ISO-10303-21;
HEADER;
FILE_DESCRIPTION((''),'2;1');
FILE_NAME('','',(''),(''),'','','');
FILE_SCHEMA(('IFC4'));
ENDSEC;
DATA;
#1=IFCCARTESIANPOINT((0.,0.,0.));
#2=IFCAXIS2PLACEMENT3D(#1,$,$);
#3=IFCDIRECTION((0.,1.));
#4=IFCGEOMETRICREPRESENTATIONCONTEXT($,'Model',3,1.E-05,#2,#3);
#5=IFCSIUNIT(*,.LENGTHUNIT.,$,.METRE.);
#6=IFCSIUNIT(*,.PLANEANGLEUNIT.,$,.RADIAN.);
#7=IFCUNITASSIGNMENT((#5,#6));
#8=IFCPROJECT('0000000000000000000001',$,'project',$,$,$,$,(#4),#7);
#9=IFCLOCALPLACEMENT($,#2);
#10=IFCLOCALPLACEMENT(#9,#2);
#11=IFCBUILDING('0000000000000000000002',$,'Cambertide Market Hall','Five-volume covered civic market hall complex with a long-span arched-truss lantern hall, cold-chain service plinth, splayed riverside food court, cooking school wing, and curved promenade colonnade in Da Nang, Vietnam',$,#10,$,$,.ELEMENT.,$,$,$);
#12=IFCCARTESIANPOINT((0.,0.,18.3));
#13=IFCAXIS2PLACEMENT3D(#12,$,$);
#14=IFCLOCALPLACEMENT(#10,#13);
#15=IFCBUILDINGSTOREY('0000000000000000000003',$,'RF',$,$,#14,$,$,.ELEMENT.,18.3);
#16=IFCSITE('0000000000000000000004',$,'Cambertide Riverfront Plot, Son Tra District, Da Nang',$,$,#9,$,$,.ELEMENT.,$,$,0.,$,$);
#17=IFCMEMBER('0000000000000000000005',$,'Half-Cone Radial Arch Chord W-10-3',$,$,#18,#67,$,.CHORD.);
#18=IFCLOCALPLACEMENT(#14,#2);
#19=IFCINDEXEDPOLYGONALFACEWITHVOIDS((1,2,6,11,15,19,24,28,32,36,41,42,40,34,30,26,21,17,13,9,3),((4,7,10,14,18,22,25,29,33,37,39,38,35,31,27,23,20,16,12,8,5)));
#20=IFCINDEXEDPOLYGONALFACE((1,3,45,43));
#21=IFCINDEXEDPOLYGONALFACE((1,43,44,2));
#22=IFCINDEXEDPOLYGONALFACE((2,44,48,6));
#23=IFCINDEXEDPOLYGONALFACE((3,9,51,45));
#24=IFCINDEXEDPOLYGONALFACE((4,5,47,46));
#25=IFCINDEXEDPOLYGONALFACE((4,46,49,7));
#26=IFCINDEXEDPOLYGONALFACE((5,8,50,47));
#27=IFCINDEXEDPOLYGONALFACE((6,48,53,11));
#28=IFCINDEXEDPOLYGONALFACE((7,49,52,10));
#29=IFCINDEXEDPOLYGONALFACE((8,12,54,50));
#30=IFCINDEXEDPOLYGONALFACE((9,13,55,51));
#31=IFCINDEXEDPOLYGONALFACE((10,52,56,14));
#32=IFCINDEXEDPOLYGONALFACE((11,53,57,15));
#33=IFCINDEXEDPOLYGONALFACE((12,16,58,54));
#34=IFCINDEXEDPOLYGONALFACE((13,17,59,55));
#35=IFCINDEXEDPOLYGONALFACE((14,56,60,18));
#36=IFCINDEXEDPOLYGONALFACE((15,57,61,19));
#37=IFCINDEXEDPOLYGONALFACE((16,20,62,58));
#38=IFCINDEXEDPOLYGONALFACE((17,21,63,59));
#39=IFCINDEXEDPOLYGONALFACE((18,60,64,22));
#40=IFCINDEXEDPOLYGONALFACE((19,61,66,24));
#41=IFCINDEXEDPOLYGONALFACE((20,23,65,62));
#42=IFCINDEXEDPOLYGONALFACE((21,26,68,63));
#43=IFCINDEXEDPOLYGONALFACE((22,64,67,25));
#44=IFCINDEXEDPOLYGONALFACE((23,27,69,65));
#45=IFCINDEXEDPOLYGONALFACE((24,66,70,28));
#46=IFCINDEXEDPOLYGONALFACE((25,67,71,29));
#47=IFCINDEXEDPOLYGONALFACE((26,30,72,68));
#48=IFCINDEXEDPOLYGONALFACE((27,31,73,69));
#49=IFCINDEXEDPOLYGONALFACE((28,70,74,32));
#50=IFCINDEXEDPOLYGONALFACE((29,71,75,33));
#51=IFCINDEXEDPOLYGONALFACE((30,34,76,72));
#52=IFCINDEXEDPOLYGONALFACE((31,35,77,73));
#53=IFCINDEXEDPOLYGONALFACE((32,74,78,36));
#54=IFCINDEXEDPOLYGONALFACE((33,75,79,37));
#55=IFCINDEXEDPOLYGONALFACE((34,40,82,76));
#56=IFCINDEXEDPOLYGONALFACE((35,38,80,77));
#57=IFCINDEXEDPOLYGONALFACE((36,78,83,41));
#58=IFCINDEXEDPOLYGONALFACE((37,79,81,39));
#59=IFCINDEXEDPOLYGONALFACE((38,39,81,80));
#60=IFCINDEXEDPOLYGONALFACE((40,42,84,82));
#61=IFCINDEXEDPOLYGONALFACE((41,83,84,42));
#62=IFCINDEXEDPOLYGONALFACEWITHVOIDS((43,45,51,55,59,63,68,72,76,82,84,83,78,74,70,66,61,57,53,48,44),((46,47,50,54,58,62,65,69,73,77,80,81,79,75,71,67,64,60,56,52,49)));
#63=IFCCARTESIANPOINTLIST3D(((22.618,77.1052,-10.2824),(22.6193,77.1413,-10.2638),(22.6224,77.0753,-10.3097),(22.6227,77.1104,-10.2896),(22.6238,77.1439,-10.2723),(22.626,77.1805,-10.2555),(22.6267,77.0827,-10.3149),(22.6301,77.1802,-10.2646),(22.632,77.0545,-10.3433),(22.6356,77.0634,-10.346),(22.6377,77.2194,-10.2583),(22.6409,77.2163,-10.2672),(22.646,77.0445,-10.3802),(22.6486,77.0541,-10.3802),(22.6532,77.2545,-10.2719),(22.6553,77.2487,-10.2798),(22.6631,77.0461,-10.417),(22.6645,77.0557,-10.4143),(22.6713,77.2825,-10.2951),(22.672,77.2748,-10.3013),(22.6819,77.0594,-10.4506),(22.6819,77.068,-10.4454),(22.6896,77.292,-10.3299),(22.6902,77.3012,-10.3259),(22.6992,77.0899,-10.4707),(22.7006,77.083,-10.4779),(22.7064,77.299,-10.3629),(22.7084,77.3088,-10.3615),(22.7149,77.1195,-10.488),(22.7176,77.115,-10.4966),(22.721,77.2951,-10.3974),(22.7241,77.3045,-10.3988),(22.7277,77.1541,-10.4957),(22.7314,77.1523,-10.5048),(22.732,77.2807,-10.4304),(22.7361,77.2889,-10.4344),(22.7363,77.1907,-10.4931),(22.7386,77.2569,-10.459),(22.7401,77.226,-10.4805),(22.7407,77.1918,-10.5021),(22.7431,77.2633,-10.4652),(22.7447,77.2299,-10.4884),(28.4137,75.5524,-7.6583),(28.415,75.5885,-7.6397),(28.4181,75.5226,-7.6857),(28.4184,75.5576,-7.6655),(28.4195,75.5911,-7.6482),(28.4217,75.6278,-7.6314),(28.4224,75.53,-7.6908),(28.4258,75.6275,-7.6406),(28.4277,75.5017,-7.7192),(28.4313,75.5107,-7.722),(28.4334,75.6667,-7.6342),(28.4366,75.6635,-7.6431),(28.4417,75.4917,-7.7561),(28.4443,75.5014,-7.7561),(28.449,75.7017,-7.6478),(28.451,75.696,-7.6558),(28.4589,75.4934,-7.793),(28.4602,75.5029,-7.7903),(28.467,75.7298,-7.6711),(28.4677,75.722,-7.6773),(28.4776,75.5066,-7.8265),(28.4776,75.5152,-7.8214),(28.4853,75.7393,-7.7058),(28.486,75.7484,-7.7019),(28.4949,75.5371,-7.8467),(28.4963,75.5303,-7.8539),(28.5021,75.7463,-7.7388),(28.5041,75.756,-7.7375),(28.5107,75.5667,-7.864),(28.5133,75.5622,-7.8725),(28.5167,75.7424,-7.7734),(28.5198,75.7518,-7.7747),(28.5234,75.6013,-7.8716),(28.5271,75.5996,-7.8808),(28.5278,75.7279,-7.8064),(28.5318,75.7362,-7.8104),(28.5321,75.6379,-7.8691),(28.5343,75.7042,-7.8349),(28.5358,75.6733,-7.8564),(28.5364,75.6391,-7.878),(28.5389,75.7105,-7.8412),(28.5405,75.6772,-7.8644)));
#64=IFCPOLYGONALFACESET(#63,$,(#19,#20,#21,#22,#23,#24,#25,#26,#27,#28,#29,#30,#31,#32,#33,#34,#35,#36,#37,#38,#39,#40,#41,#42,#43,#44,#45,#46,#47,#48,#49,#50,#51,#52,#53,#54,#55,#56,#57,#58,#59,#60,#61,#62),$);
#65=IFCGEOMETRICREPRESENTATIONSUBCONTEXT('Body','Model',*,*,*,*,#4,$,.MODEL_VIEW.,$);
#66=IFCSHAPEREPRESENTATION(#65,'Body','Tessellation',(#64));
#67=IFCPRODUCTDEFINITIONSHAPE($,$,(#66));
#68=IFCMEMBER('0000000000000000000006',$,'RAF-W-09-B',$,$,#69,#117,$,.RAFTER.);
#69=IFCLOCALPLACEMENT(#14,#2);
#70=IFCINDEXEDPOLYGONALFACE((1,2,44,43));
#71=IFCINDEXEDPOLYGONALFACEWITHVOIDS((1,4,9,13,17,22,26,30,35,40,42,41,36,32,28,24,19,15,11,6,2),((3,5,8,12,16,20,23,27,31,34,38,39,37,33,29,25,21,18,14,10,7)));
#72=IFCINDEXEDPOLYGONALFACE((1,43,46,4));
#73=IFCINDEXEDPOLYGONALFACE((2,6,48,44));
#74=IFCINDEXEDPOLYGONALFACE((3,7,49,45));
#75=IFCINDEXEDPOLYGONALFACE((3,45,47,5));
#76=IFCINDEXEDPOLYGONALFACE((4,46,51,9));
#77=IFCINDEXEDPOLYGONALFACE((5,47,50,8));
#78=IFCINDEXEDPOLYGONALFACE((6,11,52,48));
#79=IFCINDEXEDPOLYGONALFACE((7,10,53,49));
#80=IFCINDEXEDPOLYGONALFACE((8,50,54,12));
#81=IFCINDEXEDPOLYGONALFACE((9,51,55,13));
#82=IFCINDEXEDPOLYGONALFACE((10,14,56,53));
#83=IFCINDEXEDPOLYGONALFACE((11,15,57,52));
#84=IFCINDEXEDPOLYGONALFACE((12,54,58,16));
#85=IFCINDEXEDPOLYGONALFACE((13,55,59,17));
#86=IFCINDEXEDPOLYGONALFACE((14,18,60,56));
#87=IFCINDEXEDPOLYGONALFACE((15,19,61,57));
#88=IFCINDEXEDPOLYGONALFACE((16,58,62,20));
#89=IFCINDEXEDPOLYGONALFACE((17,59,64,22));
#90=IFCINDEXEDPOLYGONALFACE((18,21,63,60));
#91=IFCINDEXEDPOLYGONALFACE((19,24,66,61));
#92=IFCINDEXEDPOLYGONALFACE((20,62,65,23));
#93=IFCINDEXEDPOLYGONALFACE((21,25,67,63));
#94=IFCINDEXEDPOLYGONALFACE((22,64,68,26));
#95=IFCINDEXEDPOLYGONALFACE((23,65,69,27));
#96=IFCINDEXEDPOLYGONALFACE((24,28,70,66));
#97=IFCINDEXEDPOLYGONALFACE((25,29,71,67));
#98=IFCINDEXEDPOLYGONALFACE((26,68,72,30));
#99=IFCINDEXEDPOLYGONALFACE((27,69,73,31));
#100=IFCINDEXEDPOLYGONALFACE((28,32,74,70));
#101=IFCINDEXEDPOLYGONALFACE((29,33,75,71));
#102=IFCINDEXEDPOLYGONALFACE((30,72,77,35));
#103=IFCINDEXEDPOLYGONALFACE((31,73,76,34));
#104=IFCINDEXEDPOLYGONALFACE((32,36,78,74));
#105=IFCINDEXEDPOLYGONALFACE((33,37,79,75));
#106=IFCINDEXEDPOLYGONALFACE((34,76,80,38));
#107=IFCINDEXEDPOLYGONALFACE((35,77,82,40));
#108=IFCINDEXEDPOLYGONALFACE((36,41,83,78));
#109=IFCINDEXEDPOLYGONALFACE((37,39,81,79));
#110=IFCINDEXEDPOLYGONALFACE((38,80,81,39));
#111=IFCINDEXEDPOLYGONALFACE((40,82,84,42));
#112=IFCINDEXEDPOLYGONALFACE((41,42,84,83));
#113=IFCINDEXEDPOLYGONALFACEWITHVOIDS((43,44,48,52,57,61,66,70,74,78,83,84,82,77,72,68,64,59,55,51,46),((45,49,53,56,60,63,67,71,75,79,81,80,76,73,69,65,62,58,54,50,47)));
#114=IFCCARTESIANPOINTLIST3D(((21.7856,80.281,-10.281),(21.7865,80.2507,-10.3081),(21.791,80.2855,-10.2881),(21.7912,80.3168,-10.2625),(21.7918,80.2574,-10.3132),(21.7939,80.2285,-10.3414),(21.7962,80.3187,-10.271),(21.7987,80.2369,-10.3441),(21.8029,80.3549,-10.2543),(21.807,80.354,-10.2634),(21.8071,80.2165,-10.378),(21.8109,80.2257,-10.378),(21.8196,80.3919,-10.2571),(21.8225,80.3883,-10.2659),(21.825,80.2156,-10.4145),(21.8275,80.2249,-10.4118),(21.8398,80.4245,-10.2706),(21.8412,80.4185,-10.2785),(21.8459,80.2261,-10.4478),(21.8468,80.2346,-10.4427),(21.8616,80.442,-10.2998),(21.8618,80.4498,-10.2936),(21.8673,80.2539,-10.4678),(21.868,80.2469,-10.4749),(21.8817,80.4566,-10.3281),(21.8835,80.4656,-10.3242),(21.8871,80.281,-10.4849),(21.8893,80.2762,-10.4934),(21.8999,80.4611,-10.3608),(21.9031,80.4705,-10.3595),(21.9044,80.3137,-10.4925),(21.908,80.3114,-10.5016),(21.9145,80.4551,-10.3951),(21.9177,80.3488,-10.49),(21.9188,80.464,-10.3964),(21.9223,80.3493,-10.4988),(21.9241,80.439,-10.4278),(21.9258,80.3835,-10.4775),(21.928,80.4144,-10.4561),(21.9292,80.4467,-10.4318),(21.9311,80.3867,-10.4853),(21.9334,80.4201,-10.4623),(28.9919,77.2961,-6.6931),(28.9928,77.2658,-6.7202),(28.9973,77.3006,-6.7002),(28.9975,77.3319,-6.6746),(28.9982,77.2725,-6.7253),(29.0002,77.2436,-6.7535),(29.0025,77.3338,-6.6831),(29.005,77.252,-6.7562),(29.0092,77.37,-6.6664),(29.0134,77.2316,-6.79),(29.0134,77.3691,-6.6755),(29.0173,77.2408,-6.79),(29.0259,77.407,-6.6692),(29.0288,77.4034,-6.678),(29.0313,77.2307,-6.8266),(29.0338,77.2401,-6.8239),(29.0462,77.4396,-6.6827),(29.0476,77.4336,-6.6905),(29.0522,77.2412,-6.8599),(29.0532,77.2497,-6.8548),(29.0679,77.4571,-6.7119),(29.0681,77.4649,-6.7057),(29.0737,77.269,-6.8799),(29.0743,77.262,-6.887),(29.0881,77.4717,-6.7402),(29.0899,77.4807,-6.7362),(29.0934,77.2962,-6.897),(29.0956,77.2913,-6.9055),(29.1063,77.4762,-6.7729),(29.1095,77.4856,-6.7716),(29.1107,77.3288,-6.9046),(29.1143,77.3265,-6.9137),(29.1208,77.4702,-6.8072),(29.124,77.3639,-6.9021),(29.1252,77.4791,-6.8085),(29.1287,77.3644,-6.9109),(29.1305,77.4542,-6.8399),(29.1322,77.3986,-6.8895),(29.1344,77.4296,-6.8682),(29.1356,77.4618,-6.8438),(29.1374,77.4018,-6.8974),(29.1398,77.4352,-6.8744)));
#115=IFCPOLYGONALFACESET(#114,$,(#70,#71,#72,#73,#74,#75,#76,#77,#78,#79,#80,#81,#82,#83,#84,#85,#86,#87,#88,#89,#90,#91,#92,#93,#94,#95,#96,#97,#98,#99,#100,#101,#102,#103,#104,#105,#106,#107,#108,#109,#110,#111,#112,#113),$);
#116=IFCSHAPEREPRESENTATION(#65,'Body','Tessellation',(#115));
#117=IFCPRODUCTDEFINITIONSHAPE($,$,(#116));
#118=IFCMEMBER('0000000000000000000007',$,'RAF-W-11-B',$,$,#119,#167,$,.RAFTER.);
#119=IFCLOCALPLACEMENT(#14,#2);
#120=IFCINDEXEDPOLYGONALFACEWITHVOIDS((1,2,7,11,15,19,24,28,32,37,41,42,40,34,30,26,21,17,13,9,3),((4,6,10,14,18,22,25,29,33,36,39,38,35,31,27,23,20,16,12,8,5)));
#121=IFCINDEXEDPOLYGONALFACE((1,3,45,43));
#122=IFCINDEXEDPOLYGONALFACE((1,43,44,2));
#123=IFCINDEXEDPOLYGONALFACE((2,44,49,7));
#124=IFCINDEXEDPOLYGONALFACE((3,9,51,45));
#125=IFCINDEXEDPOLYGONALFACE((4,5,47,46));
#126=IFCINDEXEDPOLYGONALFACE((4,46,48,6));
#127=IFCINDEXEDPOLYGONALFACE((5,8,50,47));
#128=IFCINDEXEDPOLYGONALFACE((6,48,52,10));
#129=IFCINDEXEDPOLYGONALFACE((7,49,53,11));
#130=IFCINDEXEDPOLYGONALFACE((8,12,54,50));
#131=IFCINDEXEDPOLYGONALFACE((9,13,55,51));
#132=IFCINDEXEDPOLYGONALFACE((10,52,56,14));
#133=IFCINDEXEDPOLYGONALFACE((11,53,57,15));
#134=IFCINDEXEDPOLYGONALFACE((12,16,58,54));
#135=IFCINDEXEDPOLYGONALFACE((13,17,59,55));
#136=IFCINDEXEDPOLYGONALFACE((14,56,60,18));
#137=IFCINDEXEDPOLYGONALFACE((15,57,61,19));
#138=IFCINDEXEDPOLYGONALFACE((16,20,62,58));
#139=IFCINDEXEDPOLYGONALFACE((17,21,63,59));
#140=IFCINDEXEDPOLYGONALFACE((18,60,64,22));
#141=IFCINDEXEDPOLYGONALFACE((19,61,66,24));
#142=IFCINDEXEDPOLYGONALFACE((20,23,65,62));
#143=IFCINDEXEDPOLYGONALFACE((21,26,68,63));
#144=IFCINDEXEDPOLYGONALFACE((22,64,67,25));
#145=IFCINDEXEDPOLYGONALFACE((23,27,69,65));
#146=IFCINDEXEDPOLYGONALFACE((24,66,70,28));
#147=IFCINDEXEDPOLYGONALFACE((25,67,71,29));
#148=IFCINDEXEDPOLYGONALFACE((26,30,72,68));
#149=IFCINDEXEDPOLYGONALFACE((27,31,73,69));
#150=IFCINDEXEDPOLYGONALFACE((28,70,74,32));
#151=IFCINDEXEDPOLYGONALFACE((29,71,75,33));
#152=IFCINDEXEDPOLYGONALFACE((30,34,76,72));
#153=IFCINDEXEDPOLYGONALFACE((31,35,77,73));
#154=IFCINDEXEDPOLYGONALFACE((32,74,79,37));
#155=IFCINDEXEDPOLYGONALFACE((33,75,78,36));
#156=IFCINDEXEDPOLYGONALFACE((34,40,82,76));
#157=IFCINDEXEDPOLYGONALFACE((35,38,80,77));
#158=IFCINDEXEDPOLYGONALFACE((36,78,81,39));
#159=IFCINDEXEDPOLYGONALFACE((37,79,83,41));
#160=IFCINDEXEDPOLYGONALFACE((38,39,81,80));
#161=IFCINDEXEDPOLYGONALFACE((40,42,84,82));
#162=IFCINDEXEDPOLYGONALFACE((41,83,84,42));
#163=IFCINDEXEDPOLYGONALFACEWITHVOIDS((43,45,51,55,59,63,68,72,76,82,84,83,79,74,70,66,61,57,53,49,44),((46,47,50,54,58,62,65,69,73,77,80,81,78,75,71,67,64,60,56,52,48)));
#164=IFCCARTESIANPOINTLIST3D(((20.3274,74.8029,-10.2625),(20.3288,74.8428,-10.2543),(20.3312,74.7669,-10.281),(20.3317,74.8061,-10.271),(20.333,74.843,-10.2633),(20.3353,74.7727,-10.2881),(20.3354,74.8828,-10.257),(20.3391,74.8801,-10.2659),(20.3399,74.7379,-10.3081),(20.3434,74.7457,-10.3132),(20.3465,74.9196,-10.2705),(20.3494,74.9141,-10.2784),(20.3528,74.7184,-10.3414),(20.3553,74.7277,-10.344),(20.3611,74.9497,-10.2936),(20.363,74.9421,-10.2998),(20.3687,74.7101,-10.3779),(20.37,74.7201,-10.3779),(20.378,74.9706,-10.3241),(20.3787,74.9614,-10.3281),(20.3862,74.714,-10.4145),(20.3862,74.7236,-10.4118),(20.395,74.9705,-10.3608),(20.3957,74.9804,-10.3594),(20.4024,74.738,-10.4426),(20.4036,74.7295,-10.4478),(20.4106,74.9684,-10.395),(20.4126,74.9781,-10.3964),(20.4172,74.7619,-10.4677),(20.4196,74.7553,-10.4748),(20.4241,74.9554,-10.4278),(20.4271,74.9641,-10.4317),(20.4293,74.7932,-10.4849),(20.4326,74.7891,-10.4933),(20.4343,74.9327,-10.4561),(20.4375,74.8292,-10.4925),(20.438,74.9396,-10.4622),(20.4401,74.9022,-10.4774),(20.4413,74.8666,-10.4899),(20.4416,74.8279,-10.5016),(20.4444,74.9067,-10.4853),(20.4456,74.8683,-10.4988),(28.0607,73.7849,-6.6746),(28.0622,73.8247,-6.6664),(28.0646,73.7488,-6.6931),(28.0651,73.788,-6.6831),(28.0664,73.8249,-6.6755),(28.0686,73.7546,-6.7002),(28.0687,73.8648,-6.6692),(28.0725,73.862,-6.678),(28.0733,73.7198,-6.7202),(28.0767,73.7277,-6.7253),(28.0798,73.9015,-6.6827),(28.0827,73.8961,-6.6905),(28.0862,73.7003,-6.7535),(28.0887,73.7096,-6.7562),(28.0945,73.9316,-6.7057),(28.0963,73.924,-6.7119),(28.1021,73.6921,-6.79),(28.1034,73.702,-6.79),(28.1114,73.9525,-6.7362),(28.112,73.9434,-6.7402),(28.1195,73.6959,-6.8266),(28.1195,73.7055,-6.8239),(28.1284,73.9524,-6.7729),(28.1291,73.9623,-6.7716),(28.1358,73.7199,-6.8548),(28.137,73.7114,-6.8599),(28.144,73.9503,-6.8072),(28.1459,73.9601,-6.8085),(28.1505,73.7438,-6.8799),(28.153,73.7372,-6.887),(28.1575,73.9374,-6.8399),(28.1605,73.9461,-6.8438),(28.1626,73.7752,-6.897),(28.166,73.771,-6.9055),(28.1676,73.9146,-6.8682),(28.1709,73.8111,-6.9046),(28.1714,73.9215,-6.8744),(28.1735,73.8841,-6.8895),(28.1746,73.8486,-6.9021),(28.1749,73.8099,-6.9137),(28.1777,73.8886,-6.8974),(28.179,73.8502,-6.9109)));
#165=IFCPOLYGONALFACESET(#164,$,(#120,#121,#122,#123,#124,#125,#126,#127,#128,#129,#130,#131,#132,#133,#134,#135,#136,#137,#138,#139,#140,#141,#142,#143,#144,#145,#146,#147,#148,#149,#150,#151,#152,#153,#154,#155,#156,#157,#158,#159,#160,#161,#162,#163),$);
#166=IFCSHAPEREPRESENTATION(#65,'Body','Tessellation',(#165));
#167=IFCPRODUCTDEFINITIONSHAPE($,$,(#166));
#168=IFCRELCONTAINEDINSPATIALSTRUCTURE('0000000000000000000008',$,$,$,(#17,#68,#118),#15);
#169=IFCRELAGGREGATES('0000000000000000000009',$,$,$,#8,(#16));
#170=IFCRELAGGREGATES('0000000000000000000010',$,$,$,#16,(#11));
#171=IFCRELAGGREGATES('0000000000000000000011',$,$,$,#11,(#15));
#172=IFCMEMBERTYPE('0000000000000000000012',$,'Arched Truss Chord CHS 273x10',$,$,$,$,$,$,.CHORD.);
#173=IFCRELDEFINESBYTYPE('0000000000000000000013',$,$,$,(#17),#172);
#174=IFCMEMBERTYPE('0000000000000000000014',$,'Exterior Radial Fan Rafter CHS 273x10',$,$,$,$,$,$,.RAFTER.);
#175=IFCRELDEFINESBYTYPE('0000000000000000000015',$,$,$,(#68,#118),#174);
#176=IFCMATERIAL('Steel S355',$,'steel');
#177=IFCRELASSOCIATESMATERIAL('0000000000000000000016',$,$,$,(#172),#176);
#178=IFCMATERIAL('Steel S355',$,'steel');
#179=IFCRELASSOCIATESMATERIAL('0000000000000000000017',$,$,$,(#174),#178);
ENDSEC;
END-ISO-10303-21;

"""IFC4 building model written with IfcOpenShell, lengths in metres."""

from ifc_helpers import new_model, si_unit, direction, frame, origin, origin_2d, place, context, subcontext, project, spatial, hollow_circle, extrude, material, material_profile, profile_set, type_object, element, save


model = new_model("IFC4")

# Units and contexts
model_context = context("Model", 3, precision=1e-05, world=origin(), true_north=direction((0.0, 1.0)))
body_context = subcontext(model_context, "Body", "Model", "MODEL_VIEW")
ifc_project = project(units=[si_unit("LENGTHUNIT", "METRE"), si_unit("PLANEANGLEUNIT", "RADIAN")], contexts=[model_context])

# Site, building, storey
site_placement = place(None, origin())
site = spatial("IfcSite", under=ifc_project, at=site_placement, Name="Cambertide Riverfront Plot, Son Tra District, Da Nang", CompositionType="ELEMENT", RefElevation=0.0)
building_placement = place(site_placement, origin())
building = spatial("IfcBuilding", under=site, at=building_placement, Name="Cambertide Market Hall", Description="Five-volume covered civic market hall complex with a long-span arched-truss lantern hall, cold-chain service plinth, splayed riverside food court, cooking school wing, and curved promenade colonnade in Da Nang, Vietnam", CompositionType="ELEMENT")
storey_placement = place(building_placement, frame((0.0, 0.0, 18.3)))
storey = spatial("IfcBuildingStorey", under=building, at=storey_placement, Name="RF", CompositionType="ELEMENT", Elevation=18.3)

# Members
ifc_material_1 = material(Name="Steel S355", Category="steel")
ifc_material_profile_1 = material_profile(ifc_material_1, hollow_circle(Radius=0.1365, WallThickness=0.01, at=origin_2d()), Name="CHS 273x10")
ifc_profile_set_1 = profile_set([ifc_material_profile_1], Name="Steel S355")
member_type_1 = type_object("IfcMemberType", Name="Arched Truss Chord CHS 273x10", PredefinedType="CHORD", material=ifc_profile_set_1)
member_1_placement = place(storey_placement, frame((28.4771, 75.6235, -7.7561), z_axis=(-0.885002, 0.237104, -0.400691), x_axis=(-0.258787, -0.965934, 0.0)))
element("IfcMember", 1, at=member_1_placement, inside=storey, type_object=member_type_1, Name="Half-Cone Radial Arch Chord W-10-3", PredefinedType="CHORD", context=body_context, shape_type="SweptSolid", body=[
    extrude(hollow_circle(Radius=0.1365, WallThickness=0.01, at=origin_2d()), origin(), (0.0, 0.0, 1.0), 6.5488),
])
ifc_material_2 = material(Name="Steel S355", Category="steel")
ifc_material_profile_2 = material_profile(ifc_material_2, hollow_circle(Radius=0.1365, WallThickness=0.01, at=origin_2d()), Name="CHS 273x10")
ifc_profile_set_2 = profile_set([ifc_material_profile_2], Name="Steel S355")
member_type_2 = type_object("IfcMemberType", Name="Exterior Radial Fan Rafter CHS 273x10", PredefinedType="RAFTER", material=ifc_profile_set_2)
for number, where, z_axis, x_axis, name in (
    (2, (29.0657, 77.3577, -6.79), (-0.839344, 0.347658, -0.417895), (-0.382674, -0.923883, 0.0), "RAF-W-09-B"),
    (3, (28.1199, 73.8274, -6.79), (-0.900726, 0.118576, -0.41789), (-0.130519, -0.991446, 0.0), "RAF-W-11-B"),
):
    element("IfcMember", number, at=place(storey_placement, frame(where, z_axis=z_axis, x_axis=x_axis)), inside=storey, type_object=member_type_2, Name=name, PredefinedType="RAFTER", context=body_context, shape_type="SweptSolid", body=[
        extrude(hollow_circle(Radius=0.1365, WallThickness=0.01, at=origin_2d()), origin(), (0.0, 0.0, 1.0), 8.5857),
    ])

save(model, "model.ifc")
